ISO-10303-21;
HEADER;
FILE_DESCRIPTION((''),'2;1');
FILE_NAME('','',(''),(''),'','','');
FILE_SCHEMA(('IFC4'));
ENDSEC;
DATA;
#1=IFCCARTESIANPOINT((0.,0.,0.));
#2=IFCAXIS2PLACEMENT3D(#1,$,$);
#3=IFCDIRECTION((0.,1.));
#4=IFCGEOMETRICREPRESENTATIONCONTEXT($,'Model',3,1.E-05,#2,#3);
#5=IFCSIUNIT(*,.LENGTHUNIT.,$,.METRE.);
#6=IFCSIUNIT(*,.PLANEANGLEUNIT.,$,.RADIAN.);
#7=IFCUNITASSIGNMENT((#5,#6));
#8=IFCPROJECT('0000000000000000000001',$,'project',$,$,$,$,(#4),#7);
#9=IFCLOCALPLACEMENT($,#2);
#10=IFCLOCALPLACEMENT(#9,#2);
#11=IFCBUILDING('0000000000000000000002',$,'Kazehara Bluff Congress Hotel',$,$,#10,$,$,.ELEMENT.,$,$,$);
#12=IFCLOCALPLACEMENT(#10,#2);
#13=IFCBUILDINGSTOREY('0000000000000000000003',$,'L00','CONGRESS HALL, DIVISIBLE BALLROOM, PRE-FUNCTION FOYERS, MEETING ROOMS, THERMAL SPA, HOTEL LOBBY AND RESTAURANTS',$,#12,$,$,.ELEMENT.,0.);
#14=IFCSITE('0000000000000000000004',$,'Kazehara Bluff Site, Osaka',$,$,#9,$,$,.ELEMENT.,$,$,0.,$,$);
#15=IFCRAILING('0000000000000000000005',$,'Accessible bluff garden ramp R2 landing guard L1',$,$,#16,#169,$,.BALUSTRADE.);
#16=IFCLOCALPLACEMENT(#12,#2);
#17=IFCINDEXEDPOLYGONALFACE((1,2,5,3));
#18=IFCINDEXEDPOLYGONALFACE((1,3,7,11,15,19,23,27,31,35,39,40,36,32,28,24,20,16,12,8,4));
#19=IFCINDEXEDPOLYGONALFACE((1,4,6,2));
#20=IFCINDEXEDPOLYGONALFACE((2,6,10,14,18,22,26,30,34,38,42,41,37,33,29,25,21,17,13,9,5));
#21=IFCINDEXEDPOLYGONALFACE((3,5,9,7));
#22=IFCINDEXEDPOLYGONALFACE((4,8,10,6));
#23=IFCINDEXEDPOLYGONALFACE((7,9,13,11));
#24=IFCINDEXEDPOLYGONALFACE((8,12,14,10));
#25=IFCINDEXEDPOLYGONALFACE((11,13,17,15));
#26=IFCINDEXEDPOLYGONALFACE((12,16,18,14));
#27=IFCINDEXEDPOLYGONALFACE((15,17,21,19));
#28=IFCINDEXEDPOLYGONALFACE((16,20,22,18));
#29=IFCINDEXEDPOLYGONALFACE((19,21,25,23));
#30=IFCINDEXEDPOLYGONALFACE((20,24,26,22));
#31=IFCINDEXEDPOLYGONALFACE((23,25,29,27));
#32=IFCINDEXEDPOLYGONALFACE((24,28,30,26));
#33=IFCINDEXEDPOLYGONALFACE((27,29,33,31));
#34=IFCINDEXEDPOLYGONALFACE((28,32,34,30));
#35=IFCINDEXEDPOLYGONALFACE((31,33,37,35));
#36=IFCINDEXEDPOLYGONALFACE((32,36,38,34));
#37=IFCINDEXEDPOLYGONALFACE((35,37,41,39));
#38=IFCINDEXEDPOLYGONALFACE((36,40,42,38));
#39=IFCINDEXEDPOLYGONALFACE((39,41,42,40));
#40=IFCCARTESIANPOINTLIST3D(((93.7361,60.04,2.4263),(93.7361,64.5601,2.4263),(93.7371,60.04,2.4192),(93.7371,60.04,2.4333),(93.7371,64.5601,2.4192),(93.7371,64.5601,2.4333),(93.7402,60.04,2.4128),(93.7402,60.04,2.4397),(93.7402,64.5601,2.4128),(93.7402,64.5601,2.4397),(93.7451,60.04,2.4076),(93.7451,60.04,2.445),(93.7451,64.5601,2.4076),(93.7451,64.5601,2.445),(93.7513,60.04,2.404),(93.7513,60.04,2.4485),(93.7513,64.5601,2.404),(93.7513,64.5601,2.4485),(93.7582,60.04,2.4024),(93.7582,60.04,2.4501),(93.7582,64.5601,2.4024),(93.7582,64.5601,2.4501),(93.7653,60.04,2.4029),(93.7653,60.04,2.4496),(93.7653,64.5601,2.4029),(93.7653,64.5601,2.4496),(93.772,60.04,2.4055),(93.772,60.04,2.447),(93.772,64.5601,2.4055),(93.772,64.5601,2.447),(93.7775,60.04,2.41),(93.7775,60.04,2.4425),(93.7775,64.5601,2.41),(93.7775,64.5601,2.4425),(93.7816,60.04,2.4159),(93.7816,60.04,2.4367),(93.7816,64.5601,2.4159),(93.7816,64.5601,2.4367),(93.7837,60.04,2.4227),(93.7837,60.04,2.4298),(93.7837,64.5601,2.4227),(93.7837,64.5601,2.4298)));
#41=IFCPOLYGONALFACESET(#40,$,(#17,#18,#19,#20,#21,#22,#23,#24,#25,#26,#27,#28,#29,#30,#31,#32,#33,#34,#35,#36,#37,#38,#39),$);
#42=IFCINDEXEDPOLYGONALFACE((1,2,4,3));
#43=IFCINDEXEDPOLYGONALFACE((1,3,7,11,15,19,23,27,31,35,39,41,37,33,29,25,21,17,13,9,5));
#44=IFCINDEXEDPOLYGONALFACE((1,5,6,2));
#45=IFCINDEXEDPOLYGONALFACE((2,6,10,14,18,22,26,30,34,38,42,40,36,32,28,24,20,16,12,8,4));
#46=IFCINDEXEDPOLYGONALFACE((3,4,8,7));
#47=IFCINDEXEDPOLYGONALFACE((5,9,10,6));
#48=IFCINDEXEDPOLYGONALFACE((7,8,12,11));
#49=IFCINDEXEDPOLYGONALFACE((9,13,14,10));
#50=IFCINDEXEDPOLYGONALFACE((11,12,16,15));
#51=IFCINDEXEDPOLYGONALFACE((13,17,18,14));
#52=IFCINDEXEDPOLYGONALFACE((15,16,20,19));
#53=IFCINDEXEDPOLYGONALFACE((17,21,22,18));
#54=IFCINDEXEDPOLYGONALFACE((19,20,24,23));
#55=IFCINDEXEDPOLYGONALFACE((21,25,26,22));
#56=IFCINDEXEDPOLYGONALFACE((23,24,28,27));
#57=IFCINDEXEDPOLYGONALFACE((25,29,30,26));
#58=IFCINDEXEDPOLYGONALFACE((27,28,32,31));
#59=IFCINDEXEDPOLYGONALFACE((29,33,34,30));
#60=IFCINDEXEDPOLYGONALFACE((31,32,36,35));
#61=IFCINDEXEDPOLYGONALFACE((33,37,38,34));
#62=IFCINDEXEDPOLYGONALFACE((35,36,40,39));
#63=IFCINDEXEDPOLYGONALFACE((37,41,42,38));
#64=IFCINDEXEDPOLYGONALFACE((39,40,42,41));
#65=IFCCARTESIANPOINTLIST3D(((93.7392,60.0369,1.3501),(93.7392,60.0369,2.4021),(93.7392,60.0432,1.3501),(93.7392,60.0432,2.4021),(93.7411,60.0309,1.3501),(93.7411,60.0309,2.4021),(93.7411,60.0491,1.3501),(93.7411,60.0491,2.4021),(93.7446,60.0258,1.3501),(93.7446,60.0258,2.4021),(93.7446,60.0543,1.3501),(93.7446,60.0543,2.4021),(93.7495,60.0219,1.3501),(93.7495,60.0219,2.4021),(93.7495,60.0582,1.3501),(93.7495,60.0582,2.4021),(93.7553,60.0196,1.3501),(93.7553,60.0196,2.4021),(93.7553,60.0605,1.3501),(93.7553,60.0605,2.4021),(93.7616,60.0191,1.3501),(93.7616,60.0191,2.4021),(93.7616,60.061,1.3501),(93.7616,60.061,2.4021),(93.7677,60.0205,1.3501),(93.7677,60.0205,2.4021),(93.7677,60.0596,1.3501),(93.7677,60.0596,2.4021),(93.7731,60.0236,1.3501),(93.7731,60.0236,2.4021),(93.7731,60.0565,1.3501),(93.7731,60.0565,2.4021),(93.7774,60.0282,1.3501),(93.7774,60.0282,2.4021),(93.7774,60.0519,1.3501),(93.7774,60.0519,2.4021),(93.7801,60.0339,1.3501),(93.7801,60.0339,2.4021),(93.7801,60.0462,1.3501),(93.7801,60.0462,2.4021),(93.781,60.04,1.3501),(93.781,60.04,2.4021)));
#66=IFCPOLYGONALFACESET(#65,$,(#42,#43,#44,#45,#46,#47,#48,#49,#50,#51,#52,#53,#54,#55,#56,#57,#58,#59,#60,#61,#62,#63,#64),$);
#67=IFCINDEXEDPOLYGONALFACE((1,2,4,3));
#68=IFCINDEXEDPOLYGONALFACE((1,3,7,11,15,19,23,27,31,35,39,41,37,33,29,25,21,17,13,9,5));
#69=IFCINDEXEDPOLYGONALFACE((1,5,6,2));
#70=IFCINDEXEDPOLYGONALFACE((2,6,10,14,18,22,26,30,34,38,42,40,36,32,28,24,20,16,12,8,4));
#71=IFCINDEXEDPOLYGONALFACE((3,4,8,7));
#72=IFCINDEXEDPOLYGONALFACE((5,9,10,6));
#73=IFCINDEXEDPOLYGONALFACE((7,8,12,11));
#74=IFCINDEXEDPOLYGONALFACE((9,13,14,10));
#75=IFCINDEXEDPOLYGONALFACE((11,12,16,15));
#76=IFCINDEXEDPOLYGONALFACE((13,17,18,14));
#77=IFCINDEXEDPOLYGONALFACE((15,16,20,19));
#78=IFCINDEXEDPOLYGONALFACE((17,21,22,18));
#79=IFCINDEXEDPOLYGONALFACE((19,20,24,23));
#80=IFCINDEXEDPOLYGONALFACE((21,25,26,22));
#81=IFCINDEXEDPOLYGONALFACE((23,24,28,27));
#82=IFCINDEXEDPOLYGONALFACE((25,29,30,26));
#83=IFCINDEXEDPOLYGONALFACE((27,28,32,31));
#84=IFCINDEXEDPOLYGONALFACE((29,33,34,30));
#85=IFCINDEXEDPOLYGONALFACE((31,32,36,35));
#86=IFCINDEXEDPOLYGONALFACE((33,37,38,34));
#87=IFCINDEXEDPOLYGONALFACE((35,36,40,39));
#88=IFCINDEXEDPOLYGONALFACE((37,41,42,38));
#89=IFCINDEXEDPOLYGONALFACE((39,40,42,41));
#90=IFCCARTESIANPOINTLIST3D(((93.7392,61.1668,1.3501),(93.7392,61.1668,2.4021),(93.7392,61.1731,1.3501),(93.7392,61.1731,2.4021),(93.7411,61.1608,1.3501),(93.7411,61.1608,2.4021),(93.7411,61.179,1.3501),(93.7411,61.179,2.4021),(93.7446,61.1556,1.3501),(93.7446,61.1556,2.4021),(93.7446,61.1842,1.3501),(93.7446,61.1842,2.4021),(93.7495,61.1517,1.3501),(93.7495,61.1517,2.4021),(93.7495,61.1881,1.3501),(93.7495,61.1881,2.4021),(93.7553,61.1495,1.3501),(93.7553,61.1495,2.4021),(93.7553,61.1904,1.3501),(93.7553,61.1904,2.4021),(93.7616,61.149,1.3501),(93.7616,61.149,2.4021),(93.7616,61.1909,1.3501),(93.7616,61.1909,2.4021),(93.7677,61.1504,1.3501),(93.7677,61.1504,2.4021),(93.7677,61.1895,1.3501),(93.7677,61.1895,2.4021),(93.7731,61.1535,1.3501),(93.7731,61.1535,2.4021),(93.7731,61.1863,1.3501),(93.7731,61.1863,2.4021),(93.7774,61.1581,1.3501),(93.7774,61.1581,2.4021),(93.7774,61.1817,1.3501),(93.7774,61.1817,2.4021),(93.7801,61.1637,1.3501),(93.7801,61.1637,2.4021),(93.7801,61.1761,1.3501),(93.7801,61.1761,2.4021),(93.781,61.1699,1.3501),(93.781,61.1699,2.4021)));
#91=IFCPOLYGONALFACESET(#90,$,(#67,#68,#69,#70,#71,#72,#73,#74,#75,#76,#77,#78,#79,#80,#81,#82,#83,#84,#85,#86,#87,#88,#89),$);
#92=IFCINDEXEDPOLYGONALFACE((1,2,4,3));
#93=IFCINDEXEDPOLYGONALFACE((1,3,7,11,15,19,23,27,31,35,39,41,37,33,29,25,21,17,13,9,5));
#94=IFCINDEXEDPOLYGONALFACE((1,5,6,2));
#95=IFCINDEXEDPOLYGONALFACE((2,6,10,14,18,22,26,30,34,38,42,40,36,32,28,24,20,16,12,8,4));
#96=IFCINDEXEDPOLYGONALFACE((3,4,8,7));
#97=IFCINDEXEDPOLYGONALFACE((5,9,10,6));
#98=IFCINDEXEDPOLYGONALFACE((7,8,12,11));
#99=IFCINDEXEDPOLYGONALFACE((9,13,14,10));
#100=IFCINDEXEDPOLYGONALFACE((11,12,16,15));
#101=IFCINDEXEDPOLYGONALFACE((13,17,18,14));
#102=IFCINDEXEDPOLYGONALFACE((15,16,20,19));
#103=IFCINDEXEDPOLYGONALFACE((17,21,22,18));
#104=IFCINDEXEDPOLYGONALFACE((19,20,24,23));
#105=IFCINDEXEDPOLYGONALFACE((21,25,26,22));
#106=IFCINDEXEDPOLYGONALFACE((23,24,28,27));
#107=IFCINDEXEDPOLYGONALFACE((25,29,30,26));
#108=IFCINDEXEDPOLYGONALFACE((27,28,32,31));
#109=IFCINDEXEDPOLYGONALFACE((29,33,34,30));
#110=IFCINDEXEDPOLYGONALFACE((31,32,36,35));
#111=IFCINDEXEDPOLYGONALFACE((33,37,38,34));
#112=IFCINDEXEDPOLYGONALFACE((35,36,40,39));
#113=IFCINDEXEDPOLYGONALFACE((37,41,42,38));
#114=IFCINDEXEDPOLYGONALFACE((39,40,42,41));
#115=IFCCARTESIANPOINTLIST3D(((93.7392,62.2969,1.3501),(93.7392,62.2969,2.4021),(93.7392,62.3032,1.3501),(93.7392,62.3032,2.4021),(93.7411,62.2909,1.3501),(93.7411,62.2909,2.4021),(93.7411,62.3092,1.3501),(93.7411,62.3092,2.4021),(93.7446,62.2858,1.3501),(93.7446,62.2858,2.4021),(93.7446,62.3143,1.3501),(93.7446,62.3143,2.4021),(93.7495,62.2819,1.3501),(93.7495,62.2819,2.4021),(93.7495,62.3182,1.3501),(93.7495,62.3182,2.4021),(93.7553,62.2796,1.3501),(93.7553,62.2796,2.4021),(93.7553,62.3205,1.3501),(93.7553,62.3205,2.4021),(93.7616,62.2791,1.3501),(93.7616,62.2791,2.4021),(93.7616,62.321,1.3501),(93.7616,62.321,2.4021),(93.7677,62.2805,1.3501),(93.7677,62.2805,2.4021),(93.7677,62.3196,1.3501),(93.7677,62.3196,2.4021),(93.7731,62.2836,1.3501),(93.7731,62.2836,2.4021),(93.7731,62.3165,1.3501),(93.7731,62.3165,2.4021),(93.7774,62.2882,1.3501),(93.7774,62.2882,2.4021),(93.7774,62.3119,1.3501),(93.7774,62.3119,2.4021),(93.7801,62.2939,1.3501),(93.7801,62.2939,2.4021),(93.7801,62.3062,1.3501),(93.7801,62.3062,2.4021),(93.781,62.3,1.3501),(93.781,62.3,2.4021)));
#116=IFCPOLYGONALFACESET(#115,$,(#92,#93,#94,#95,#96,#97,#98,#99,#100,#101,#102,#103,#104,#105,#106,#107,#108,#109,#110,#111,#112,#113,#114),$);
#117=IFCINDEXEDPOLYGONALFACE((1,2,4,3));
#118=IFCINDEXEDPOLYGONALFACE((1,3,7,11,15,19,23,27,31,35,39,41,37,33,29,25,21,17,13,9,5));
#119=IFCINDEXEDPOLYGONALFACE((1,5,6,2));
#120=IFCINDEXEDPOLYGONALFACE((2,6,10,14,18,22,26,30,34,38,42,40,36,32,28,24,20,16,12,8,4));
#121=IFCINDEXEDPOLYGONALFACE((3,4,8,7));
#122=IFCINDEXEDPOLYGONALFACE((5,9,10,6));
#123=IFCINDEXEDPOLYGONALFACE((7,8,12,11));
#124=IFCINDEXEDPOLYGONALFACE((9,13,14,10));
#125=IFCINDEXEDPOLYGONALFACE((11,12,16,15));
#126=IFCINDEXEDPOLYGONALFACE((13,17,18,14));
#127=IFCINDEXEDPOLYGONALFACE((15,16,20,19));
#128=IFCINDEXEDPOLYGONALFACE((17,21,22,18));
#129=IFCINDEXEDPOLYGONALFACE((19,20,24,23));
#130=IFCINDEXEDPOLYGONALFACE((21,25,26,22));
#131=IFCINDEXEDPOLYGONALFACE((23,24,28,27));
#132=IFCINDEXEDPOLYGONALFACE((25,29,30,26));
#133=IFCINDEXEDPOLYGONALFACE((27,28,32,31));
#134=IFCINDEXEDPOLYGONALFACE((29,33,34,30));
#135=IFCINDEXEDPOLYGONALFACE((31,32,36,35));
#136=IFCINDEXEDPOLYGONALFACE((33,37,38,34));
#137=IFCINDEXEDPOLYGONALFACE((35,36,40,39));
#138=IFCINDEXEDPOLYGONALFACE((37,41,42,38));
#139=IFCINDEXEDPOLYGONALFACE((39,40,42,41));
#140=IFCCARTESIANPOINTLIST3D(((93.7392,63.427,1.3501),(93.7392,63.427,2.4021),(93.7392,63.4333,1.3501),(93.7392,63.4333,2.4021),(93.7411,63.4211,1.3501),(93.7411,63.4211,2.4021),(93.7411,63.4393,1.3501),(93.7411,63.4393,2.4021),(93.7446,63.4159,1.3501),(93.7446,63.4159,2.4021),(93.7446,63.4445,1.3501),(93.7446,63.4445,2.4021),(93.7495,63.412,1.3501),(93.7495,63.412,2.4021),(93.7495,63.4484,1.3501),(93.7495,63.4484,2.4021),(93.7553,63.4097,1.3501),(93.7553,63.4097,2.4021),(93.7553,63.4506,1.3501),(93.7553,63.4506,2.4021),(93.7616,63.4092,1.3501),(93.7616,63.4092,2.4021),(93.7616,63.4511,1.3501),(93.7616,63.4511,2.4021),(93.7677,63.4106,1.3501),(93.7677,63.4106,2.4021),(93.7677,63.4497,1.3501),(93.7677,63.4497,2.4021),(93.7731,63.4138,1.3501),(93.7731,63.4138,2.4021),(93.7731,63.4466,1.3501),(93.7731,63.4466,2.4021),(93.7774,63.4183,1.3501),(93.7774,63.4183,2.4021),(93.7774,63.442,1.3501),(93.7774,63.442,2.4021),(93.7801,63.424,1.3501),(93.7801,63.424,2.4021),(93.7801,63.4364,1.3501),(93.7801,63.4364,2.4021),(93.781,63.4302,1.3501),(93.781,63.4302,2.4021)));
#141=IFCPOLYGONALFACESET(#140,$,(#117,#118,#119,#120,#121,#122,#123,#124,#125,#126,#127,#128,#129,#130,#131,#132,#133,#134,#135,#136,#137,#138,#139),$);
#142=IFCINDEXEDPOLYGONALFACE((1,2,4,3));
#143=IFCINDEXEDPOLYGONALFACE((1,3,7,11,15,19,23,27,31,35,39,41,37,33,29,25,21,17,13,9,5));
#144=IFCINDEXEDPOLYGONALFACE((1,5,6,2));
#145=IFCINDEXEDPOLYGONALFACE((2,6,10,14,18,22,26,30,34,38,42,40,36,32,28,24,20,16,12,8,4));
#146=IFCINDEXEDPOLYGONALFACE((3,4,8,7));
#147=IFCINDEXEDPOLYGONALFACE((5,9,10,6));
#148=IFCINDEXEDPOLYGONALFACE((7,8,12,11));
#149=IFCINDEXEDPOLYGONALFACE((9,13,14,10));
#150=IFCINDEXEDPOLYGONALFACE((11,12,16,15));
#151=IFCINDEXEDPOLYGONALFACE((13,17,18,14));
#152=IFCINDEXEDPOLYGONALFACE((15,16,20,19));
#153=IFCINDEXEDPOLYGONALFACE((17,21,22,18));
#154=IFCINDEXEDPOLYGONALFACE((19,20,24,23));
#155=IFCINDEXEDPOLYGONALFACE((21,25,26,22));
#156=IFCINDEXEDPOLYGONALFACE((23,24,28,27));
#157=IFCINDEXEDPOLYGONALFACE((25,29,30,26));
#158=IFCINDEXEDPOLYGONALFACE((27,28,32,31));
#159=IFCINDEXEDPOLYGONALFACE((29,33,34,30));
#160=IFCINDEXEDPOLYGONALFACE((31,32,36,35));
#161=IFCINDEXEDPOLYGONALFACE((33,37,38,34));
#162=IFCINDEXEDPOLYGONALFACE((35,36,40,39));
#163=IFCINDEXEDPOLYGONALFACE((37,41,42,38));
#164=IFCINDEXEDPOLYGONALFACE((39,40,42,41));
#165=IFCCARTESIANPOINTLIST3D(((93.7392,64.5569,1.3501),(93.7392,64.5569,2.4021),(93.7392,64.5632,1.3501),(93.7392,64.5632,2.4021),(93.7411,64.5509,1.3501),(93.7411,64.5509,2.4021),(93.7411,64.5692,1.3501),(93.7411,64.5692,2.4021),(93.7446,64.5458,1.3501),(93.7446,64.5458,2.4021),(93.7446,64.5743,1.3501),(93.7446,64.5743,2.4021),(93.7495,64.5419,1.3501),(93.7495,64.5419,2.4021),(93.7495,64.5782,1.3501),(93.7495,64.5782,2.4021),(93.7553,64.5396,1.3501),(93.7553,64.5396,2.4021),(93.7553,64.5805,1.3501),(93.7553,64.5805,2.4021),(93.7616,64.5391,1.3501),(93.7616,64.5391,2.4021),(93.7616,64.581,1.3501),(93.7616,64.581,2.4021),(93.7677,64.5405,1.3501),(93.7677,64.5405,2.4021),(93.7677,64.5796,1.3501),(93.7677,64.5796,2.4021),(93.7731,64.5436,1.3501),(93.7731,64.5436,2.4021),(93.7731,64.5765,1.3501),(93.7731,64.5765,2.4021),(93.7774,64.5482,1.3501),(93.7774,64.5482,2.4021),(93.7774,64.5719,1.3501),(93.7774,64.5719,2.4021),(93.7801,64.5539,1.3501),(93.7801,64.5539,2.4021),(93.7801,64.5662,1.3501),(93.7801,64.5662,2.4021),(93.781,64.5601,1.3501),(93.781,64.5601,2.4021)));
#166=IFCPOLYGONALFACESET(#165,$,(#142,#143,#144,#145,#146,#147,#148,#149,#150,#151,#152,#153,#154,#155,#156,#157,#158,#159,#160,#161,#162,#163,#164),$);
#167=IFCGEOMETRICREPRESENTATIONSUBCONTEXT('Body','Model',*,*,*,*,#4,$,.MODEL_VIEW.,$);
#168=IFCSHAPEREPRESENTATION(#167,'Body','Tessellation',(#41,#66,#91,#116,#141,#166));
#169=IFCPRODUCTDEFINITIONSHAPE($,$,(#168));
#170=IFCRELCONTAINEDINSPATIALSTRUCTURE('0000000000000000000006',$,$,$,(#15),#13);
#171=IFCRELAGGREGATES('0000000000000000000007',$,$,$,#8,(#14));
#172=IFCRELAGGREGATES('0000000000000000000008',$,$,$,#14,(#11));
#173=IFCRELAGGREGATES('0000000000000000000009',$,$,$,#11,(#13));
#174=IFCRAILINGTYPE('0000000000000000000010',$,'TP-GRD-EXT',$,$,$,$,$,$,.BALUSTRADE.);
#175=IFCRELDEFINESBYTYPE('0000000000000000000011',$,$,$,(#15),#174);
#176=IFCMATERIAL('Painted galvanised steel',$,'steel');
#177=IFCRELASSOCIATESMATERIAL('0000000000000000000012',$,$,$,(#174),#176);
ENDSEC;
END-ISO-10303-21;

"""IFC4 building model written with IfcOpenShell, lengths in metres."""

from ifc_helpers import new_model, si_unit, direction, frame, origin, origin_2d, place, context, subcontext, project, spatial, circle, extrude, material, type_object, element, save


model = new_model("IFC4")

# Units and contexts
model_context = context("Model", 3, precision=1e-05, world=origin(), true_north=direction((0.0, 1.0)))
body_context = subcontext(model_context, "Body", "Model", "MODEL_VIEW")
ifc_project = project(units=[si_unit("LENGTHUNIT", "METRE"), si_unit("PLANEANGLEUNIT", "RADIAN")], contexts=[model_context])

# Site, building, storey
site_placement = place(None, origin())
site = spatial("IfcSite", under=ifc_project, at=site_placement, Name="Kazehara Bluff Site, Osaka", CompositionType="ELEMENT", RefElevation=0.0)
building_placement = place(site_placement, origin())
building = spatial("IfcBuilding", under=site, at=building_placement, Name="Kazehara Bluff Congress Hotel", CompositionType="ELEMENT")
storey_placement = place(building_placement, origin())
storey = spatial("IfcBuildingStorey", under=building, at=storey_placement, Name="L00", Description="CONGRESS HALL, DIVISIBLE BALLROOM, PRE-FUNCTION FOYERS, MEETING ROOMS, THERMAL SPA, HOTEL LOBBY AND RESTAURANTS", CompositionType="ELEMENT", Elevation=0.0)

# Railing
ifc_material_1 = material(Name="Painted galvanised steel", Category="steel")
railing_type_1 = type_object("IfcRailingType", Name="TP-GRD-EXT", PredefinedType="BALUSTRADE", material=ifc_material_1)
railing_1_placement = place(storey_placement, frame((93.76, 60.04, 1.3501)))
element("IfcRailing", 1, at=railing_1_placement, inside=storey, type_object=railing_type_1, Name="Accessible bluff garden ramp R2 landing guard L1", PredefinedType="BALUSTRADE", context=body_context, shape_type="SweptSolid", body=[
    extrude(circle(Radius=0.0239, at=origin_2d()), frame((0.0, 0.0, 1.0762), z_axis=(0.0, 1.0, 0.0), x_axis=(-1.0, 0.0, 0.0)), (0.0, 0.0, 1.0), 4.52),
    extrude(circle(Radius=0.021, at=origin_2d()), origin(), (0.0, 0.0, 1.0), 1.052),
    extrude(circle(Radius=0.021, at=origin_2d()), frame((0.0, 1.1299, 0.0)), (0.0, 0.0, 1.0), 1.052),
    extrude(circle(Radius=0.021, at=origin_2d()), frame((0.0, 2.26, 0.0)), (0.0, 0.0, 1.0), 1.052),
    extrude(circle(Radius=0.021, at=origin_2d()), frame((0.0, 3.3901, 0.0)), (0.0, 0.0, 1.0), 1.052),
    extrude(circle(Radius=0.021, at=origin_2d()), frame((0.0, 4.52, 0.0)), (0.0, 0.0, 1.0), 1.052),
])

save(model, "model.ifc")
